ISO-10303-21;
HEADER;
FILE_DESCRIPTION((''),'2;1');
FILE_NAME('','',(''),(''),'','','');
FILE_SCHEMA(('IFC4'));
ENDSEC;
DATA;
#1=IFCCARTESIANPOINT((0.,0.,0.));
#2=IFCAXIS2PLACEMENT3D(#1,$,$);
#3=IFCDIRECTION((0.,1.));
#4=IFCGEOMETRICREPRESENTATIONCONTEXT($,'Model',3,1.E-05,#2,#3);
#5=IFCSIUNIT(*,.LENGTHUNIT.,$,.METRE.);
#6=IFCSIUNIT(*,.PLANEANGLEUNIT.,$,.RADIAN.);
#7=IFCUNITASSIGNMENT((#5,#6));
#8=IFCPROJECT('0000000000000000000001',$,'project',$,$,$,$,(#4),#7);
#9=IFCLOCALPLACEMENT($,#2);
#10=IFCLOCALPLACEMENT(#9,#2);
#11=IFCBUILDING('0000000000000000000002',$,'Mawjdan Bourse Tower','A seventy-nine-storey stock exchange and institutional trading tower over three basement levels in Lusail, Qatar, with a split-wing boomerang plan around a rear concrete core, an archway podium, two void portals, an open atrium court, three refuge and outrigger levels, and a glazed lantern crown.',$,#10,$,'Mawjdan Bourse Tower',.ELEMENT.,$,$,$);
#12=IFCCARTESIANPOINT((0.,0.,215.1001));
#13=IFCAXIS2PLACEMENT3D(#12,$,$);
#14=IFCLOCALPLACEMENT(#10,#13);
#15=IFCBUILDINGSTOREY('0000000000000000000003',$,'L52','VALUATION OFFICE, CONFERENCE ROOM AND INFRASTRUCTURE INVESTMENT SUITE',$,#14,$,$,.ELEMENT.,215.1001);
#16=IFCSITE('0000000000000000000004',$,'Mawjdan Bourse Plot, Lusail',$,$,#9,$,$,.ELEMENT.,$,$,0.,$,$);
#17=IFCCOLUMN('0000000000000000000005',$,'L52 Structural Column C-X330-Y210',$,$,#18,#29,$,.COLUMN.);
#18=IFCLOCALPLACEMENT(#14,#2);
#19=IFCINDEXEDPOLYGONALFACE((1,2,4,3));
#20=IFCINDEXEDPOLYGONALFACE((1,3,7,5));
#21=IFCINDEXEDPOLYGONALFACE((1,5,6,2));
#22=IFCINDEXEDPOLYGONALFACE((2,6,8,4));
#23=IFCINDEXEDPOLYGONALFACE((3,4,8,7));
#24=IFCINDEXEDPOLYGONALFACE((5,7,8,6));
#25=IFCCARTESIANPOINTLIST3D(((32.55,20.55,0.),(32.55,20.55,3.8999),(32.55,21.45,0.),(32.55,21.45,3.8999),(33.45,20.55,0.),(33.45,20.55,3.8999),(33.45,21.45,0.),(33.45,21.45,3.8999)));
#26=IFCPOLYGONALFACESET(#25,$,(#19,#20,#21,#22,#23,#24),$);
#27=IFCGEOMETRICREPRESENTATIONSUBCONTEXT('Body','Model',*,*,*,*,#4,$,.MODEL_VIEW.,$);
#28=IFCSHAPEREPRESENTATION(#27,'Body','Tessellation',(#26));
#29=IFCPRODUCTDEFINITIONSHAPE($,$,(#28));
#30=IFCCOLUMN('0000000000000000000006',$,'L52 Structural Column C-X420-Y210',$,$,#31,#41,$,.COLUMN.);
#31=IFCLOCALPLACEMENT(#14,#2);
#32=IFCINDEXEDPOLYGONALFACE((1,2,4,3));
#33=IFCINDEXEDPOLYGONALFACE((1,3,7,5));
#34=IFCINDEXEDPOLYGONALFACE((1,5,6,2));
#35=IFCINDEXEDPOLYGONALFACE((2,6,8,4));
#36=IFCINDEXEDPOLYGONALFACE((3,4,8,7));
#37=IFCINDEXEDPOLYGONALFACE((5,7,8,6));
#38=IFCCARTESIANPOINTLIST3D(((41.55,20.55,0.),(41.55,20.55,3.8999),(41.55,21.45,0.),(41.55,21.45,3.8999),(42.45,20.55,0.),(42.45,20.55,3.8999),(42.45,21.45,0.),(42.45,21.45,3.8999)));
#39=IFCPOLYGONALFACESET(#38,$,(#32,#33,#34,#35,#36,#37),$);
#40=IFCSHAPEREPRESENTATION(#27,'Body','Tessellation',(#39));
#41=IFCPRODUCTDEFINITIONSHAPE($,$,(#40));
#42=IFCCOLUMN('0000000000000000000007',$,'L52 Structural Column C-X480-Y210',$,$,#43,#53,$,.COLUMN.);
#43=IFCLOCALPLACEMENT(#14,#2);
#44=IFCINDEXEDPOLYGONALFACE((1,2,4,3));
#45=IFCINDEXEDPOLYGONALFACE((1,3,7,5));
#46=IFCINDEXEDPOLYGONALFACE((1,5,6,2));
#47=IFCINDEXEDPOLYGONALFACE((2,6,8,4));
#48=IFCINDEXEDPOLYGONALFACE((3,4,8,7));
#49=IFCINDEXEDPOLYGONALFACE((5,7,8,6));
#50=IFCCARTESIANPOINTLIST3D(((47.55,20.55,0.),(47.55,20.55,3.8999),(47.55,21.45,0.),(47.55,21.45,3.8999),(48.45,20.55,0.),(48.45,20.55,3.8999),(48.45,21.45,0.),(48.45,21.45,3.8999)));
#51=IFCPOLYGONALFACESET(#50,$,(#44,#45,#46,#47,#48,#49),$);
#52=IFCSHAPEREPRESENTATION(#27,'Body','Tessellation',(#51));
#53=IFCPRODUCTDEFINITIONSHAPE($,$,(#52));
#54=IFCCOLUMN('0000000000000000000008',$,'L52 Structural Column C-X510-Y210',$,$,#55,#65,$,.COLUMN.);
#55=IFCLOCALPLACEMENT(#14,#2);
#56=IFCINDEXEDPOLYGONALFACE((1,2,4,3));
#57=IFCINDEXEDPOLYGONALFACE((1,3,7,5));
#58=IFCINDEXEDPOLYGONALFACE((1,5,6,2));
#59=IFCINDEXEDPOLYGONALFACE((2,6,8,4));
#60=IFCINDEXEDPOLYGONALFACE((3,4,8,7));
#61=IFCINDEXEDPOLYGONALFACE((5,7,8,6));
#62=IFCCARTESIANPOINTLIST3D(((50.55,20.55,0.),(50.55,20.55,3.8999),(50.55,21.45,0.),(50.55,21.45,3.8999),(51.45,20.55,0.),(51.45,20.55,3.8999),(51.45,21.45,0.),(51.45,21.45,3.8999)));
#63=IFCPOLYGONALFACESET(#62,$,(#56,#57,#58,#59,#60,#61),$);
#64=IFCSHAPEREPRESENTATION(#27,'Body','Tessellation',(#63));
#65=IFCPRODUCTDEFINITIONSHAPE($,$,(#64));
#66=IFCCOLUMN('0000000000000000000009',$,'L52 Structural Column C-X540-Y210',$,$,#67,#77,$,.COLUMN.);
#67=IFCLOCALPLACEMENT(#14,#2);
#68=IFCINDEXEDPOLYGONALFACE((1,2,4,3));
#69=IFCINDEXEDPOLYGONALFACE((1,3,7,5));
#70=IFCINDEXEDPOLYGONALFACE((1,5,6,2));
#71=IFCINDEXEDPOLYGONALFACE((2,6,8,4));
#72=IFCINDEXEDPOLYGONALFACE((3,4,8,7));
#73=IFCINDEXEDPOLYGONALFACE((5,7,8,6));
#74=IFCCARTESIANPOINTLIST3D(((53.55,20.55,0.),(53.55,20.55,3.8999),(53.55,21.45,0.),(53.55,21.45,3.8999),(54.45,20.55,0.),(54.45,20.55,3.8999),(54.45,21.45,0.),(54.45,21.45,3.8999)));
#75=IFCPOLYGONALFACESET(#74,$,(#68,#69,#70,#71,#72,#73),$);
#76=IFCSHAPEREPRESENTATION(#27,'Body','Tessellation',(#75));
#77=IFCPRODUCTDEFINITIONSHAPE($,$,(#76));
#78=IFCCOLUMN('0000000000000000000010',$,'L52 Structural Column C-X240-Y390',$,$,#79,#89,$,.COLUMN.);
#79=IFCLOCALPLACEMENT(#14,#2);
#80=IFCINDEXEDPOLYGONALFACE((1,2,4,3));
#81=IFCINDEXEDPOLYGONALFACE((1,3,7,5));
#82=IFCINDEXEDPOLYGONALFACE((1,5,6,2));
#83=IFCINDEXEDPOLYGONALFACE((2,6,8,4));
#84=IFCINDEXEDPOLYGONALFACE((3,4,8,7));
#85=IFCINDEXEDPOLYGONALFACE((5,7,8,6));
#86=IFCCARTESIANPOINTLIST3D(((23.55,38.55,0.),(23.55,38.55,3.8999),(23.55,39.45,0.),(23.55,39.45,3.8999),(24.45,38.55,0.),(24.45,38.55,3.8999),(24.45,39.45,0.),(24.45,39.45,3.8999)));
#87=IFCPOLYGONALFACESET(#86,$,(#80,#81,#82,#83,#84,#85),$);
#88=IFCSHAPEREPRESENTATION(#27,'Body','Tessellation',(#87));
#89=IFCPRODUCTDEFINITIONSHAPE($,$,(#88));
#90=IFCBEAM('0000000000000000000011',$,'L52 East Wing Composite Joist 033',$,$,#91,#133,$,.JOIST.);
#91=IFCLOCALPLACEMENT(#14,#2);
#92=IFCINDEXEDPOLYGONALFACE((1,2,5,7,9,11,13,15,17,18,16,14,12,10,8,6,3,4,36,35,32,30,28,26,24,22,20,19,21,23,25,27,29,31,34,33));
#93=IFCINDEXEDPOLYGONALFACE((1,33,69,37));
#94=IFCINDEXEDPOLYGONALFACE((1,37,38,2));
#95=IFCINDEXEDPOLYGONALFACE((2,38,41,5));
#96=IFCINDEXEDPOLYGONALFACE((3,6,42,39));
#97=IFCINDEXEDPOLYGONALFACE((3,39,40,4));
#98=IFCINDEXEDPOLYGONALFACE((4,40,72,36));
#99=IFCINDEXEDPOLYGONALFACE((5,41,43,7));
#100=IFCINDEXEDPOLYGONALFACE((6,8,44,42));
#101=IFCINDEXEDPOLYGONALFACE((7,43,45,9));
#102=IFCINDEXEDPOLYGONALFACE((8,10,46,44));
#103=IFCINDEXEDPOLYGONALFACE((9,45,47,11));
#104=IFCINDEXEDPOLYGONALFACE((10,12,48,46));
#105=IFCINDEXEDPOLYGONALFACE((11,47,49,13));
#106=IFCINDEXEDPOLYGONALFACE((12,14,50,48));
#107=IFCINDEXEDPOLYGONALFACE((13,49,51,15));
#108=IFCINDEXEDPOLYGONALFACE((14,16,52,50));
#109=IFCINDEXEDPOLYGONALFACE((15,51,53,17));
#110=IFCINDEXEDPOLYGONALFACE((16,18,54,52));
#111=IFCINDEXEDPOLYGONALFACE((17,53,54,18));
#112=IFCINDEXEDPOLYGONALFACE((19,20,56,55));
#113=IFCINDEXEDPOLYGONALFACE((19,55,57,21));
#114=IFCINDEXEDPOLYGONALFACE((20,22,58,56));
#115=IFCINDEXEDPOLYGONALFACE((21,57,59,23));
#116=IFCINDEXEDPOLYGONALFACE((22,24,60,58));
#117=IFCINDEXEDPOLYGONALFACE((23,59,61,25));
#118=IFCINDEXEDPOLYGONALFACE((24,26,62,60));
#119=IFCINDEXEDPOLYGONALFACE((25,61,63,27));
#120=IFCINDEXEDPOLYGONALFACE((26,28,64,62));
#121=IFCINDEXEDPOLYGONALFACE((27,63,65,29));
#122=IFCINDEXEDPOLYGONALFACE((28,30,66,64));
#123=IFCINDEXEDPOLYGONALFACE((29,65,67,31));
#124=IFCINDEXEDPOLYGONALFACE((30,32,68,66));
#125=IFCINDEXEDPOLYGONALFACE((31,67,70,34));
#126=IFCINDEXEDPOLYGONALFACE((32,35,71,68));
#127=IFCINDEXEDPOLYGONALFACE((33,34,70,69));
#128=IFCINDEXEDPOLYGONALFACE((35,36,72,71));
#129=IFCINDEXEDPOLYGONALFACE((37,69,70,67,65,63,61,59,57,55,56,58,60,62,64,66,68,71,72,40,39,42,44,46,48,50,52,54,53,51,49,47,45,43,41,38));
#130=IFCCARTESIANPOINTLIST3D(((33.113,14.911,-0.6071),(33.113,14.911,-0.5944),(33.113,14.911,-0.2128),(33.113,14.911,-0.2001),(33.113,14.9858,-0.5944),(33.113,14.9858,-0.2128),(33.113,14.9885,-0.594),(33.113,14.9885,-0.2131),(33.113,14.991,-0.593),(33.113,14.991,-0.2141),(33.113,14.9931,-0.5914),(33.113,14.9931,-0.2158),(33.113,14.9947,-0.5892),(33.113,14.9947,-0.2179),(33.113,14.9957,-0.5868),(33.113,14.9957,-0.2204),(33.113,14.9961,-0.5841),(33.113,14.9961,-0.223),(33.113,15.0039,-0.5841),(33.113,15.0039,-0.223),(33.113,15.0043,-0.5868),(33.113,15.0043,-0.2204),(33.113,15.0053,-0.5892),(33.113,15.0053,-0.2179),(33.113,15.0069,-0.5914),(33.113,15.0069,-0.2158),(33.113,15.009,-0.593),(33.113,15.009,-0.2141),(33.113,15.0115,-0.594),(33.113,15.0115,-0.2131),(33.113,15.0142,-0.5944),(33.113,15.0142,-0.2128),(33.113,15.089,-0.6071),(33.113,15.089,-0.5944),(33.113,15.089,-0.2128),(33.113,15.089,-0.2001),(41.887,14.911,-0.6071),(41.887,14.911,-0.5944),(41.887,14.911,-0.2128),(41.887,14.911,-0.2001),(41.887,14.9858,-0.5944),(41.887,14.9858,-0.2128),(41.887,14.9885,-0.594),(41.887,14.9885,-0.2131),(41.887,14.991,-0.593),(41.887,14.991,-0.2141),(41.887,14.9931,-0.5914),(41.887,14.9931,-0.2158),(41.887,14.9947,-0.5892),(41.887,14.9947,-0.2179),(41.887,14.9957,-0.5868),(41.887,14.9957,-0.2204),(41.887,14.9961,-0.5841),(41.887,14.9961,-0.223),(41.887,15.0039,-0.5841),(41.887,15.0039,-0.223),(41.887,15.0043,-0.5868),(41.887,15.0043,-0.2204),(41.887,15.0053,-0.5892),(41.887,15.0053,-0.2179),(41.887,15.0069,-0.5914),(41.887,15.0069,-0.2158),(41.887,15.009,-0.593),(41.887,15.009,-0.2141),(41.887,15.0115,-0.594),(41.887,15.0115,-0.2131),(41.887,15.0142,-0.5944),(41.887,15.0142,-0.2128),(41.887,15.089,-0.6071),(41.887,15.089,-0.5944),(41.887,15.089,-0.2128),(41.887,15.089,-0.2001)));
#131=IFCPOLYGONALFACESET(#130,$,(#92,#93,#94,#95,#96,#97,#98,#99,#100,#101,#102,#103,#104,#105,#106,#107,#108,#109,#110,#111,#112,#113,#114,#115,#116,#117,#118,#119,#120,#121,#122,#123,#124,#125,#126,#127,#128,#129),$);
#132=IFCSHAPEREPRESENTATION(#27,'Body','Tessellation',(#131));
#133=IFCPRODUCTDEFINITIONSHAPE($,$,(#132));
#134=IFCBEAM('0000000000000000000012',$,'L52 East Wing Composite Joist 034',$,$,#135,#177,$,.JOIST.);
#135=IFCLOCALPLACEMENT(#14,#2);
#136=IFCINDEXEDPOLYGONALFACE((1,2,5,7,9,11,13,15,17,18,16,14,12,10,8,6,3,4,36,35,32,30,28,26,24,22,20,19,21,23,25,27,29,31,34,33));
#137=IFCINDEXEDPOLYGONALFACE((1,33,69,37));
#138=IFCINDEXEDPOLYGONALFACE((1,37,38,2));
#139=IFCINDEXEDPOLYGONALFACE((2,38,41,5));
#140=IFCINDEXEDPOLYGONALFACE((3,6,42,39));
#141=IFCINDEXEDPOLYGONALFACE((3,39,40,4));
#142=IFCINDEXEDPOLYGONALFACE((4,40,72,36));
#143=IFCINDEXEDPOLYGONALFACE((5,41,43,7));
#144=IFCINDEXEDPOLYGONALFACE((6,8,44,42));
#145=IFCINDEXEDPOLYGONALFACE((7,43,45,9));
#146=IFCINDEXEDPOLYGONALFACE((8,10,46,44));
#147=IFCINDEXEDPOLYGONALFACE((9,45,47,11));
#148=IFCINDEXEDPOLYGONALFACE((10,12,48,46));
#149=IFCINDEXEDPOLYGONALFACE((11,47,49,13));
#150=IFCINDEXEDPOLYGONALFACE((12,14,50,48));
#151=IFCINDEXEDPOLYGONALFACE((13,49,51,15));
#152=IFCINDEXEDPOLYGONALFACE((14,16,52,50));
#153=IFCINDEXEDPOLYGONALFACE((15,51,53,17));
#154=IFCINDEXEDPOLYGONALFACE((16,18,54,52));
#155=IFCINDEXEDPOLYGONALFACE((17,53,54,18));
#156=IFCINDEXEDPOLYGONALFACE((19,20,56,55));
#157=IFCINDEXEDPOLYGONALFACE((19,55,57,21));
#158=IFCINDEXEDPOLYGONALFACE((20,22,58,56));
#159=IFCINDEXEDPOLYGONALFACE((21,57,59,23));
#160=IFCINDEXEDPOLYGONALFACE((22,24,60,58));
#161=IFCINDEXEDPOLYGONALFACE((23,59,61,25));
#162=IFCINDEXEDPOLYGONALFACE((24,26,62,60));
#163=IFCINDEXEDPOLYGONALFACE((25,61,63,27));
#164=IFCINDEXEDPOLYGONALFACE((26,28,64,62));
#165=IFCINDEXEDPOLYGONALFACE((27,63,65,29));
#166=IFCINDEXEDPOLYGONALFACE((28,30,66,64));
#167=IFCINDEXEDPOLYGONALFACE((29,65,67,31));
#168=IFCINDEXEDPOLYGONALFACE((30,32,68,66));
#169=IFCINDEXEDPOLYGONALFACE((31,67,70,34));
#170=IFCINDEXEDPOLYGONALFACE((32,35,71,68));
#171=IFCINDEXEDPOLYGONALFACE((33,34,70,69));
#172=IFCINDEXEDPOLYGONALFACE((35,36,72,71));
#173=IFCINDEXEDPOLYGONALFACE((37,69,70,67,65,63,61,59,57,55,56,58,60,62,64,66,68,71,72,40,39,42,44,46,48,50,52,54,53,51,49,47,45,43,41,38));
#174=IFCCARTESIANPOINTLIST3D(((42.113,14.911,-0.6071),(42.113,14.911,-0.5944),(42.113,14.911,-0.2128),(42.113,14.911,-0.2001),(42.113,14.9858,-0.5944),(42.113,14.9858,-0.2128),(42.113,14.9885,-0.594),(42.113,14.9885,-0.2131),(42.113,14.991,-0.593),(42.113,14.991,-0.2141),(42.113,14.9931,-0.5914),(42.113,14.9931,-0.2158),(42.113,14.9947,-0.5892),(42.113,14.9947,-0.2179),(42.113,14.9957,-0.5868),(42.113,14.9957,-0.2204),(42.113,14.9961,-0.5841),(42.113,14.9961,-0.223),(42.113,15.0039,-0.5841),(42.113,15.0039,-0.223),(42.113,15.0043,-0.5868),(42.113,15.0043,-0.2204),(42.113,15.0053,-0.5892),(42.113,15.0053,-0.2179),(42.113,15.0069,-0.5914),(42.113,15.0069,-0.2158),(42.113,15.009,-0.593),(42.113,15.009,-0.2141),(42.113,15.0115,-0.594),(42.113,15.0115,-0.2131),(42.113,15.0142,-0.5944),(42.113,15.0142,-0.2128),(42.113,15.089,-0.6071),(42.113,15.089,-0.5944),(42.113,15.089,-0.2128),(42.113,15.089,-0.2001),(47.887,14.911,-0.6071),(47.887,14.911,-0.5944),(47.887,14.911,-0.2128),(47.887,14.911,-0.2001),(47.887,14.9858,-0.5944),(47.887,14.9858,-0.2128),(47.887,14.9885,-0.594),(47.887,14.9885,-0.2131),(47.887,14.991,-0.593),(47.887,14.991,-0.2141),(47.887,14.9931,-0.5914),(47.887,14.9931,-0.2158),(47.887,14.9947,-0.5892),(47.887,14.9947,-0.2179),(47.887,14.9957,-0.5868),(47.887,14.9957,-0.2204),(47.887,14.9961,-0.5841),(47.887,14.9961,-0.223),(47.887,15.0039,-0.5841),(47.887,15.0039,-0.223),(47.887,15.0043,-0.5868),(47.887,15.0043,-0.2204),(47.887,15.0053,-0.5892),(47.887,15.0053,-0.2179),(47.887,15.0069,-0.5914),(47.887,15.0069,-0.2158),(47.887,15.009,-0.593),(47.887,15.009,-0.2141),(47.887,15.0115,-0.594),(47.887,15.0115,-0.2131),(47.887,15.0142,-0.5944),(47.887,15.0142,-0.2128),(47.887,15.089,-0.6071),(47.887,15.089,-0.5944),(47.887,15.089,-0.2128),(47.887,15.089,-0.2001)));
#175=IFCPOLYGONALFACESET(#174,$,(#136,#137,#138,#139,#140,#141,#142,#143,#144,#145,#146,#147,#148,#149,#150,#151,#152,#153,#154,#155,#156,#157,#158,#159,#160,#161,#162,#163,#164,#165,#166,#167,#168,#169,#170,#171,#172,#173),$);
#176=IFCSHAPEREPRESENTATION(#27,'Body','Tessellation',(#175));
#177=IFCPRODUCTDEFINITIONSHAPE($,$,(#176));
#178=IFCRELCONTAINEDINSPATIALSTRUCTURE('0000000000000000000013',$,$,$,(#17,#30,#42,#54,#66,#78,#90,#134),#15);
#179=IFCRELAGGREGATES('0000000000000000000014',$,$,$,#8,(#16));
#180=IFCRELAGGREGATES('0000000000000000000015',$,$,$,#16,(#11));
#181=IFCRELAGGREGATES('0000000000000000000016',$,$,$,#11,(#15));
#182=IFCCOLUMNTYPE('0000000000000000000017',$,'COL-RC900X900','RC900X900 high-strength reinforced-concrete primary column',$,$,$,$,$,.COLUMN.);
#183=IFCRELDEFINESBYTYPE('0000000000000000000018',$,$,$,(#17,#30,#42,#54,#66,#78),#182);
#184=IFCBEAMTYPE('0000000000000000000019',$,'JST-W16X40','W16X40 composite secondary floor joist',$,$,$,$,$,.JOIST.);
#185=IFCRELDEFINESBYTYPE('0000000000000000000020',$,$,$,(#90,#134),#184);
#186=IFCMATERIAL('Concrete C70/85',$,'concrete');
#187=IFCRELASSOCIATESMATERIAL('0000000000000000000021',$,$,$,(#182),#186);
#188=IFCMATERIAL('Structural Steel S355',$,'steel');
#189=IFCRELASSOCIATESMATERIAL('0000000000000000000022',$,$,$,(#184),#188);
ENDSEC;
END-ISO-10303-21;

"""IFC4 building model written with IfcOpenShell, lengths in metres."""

from ifc_helpers import new_model, si_unit, direction, frame, origin, origin_2d, place, context, subcontext, project, spatial, rectangle, i_section, extrude, material, material_profile, profile_set, type_object, element, save


model = new_model("IFC4")

# Units and contexts
model_context = context("Model", 3, precision=1e-05, world=origin(), true_north=direction((0.0, 1.0)))
body_context = subcontext(model_context, "Body", "Model", "MODEL_VIEW")
ifc_project = project(units=[si_unit("LENGTHUNIT", "METRE"), si_unit("PLANEANGLEUNIT", "RADIAN")], contexts=[model_context])

# Site, building, storey
site_placement = place(None, origin())
site = spatial("IfcSite", under=ifc_project, at=site_placement, Name="Mawjdan Bourse Plot, Lusail", CompositionType="ELEMENT", RefElevation=0.0)
building_placement = place(site_placement, origin())
building = spatial("IfcBuilding", under=site, at=building_placement, Name="Mawjdan Bourse Tower", Description="A seventy-nine-storey stock exchange and institutional trading tower over three basement levels in Lusail, Qatar, with a split-wing boomerang plan around a rear concrete core, an archway podium, two void portals, an open atrium court, three refuge and outrigger levels, and a glazed lantern crown.", LongName="Mawjdan Bourse Tower", CompositionType="ELEMENT")
storey_placement = place(building_placement, frame((0.0, 0.0, 215.1001)))
storey = spatial("IfcBuildingStorey", under=building, at=storey_placement, Name="L52", Description="VALUATION OFFICE, CONFERENCE ROOM AND INFRASTRUCTURE INVESTMENT SUITE", CompositionType="ELEMENT", Elevation=215.1001)

# Columns
ifc_material_1 = material(Name="Concrete C70/85", Category="concrete")
ifc_material_profile_1 = material_profile(ifc_material_1, rectangle(XDim=0.8999, YDim=0.8999, at=origin_2d()), Name="RC900X900")
ifc_profile_set_1 = profile_set([ifc_material_profile_1], Name="Concrete C70/85")
column_type = type_object("IfcColumnType", Name="COL-RC900X900", Description="RC900X900 high-strength reinforced-concrete primary column", PredefinedType="COLUMN", material=ifc_profile_set_1)
for number, where, z_axis, x_axis, name in (
    (1, (33.0, 21.0, 0.0), (0.0, 0.0, 1.0), (1.0, 0.0, 0.0), "L52 Structural Column C-X330-Y210"),
    (2, (42.0, 21.0, 0.0), (0.0, 0.0, 1.0), (1.0, 0.0, 0.0), "L52 Structural Column C-X420-Y210"),
    (3, (48.0, 21.0, 0.0), (0.0, 0.0, 1.0), (1.0, 0.0, 0.0), "L52 Structural Column C-X480-Y210"),
    (4, (51.0, 21.0, 0.0), (0.0, 0.0, 1.0), (1.0, 0.0, 0.0), "L52 Structural Column C-X510-Y210"),
    (5, (54.0, 21.0, 0.0), (0.0, 0.0, 1.0), (1.0, 0.0, 0.0), "L52 Structural Column C-X540-Y210"),
    (6, (24.0, 39.0, 0.0), (0.0, 0.0, 1.0), (1.0, 0.0, 0.0), "L52 Structural Column C-X240-Y390"),
):
    element("IfcColumn", number, at=place(storey_placement, frame(where, z_axis=z_axis, x_axis=x_axis)), inside=storey, type_object=column_type, Name=name, PredefinedType="COLUMN", context=body_context, shape_type="SweptSolid", body=[
        extrude(rectangle(XDim=0.8999, YDim=0.8999, at=origin_2d()), origin(), (0.0, 0.0, 1.0), 3.8999),
    ])

# Beams
ifc_material_2 = material(Name="Structural Steel S355", Category="steel")
ifc_material_profile_2 = material_profile(ifc_material_2, i_section(OverallWidth=0.178, OverallDepth=0.407, WebThickness=0.0078, FlangeThickness=0.0127, FilletRadius=0.0103, at=origin_2d()), Name="W16X40")
ifc_profile_set_2 = profile_set([ifc_material_profile_2], Name="Structural Steel S355")
beam_type_1 = type_object("IfcBeamType", Name="JST-W16X40", Description="W16X40 composite secondary floor joist", PredefinedType="JOIST", material=ifc_profile_set_2)
beam_1_placement = place(storey_placement, frame((33.113, 15.0, -0.4036), z_axis=(1.0, 0.0, 0.0), x_axis=(0.0, 1.0, 0.0)))
element("IfcBeam", 7, at=beam_1_placement, inside=storey, type_object=beam_type_1, Name="L52 East Wing Composite Joist 033", PredefinedType="JOIST", context=body_context, shape_type="SweptSolid", body=[
    extrude(i_section(OverallWidth=0.178, OverallDepth=0.407, WebThickness=0.0078, FlangeThickness=0.0127, FilletRadius=0.0103, at=origin_2d()), origin(), (0.0, 0.0, 1.0), 8.7739),
])
beam_2_placement = place(storey_placement, frame((42.113, 15.0, -0.4036), z_axis=(1.0, 0.0, 0.0), x_axis=(0.0, 1.0, 0.0)))
element("IfcBeam", 8, at=beam_2_placement, inside=storey, type_object=beam_type_1, Name="L52 East Wing Composite Joist 034", PredefinedType="JOIST", context=body_context, shape_type="SweptSolid", body=[
    extrude(i_section(OverallWidth=0.178, OverallDepth=0.407, WebThickness=0.0078, FlangeThickness=0.0127, FilletRadius=0.0103, at=origin_2d()), origin(), (0.0, 0.0, 1.0), 5.7739),
])

save(model, "model.ifc")
